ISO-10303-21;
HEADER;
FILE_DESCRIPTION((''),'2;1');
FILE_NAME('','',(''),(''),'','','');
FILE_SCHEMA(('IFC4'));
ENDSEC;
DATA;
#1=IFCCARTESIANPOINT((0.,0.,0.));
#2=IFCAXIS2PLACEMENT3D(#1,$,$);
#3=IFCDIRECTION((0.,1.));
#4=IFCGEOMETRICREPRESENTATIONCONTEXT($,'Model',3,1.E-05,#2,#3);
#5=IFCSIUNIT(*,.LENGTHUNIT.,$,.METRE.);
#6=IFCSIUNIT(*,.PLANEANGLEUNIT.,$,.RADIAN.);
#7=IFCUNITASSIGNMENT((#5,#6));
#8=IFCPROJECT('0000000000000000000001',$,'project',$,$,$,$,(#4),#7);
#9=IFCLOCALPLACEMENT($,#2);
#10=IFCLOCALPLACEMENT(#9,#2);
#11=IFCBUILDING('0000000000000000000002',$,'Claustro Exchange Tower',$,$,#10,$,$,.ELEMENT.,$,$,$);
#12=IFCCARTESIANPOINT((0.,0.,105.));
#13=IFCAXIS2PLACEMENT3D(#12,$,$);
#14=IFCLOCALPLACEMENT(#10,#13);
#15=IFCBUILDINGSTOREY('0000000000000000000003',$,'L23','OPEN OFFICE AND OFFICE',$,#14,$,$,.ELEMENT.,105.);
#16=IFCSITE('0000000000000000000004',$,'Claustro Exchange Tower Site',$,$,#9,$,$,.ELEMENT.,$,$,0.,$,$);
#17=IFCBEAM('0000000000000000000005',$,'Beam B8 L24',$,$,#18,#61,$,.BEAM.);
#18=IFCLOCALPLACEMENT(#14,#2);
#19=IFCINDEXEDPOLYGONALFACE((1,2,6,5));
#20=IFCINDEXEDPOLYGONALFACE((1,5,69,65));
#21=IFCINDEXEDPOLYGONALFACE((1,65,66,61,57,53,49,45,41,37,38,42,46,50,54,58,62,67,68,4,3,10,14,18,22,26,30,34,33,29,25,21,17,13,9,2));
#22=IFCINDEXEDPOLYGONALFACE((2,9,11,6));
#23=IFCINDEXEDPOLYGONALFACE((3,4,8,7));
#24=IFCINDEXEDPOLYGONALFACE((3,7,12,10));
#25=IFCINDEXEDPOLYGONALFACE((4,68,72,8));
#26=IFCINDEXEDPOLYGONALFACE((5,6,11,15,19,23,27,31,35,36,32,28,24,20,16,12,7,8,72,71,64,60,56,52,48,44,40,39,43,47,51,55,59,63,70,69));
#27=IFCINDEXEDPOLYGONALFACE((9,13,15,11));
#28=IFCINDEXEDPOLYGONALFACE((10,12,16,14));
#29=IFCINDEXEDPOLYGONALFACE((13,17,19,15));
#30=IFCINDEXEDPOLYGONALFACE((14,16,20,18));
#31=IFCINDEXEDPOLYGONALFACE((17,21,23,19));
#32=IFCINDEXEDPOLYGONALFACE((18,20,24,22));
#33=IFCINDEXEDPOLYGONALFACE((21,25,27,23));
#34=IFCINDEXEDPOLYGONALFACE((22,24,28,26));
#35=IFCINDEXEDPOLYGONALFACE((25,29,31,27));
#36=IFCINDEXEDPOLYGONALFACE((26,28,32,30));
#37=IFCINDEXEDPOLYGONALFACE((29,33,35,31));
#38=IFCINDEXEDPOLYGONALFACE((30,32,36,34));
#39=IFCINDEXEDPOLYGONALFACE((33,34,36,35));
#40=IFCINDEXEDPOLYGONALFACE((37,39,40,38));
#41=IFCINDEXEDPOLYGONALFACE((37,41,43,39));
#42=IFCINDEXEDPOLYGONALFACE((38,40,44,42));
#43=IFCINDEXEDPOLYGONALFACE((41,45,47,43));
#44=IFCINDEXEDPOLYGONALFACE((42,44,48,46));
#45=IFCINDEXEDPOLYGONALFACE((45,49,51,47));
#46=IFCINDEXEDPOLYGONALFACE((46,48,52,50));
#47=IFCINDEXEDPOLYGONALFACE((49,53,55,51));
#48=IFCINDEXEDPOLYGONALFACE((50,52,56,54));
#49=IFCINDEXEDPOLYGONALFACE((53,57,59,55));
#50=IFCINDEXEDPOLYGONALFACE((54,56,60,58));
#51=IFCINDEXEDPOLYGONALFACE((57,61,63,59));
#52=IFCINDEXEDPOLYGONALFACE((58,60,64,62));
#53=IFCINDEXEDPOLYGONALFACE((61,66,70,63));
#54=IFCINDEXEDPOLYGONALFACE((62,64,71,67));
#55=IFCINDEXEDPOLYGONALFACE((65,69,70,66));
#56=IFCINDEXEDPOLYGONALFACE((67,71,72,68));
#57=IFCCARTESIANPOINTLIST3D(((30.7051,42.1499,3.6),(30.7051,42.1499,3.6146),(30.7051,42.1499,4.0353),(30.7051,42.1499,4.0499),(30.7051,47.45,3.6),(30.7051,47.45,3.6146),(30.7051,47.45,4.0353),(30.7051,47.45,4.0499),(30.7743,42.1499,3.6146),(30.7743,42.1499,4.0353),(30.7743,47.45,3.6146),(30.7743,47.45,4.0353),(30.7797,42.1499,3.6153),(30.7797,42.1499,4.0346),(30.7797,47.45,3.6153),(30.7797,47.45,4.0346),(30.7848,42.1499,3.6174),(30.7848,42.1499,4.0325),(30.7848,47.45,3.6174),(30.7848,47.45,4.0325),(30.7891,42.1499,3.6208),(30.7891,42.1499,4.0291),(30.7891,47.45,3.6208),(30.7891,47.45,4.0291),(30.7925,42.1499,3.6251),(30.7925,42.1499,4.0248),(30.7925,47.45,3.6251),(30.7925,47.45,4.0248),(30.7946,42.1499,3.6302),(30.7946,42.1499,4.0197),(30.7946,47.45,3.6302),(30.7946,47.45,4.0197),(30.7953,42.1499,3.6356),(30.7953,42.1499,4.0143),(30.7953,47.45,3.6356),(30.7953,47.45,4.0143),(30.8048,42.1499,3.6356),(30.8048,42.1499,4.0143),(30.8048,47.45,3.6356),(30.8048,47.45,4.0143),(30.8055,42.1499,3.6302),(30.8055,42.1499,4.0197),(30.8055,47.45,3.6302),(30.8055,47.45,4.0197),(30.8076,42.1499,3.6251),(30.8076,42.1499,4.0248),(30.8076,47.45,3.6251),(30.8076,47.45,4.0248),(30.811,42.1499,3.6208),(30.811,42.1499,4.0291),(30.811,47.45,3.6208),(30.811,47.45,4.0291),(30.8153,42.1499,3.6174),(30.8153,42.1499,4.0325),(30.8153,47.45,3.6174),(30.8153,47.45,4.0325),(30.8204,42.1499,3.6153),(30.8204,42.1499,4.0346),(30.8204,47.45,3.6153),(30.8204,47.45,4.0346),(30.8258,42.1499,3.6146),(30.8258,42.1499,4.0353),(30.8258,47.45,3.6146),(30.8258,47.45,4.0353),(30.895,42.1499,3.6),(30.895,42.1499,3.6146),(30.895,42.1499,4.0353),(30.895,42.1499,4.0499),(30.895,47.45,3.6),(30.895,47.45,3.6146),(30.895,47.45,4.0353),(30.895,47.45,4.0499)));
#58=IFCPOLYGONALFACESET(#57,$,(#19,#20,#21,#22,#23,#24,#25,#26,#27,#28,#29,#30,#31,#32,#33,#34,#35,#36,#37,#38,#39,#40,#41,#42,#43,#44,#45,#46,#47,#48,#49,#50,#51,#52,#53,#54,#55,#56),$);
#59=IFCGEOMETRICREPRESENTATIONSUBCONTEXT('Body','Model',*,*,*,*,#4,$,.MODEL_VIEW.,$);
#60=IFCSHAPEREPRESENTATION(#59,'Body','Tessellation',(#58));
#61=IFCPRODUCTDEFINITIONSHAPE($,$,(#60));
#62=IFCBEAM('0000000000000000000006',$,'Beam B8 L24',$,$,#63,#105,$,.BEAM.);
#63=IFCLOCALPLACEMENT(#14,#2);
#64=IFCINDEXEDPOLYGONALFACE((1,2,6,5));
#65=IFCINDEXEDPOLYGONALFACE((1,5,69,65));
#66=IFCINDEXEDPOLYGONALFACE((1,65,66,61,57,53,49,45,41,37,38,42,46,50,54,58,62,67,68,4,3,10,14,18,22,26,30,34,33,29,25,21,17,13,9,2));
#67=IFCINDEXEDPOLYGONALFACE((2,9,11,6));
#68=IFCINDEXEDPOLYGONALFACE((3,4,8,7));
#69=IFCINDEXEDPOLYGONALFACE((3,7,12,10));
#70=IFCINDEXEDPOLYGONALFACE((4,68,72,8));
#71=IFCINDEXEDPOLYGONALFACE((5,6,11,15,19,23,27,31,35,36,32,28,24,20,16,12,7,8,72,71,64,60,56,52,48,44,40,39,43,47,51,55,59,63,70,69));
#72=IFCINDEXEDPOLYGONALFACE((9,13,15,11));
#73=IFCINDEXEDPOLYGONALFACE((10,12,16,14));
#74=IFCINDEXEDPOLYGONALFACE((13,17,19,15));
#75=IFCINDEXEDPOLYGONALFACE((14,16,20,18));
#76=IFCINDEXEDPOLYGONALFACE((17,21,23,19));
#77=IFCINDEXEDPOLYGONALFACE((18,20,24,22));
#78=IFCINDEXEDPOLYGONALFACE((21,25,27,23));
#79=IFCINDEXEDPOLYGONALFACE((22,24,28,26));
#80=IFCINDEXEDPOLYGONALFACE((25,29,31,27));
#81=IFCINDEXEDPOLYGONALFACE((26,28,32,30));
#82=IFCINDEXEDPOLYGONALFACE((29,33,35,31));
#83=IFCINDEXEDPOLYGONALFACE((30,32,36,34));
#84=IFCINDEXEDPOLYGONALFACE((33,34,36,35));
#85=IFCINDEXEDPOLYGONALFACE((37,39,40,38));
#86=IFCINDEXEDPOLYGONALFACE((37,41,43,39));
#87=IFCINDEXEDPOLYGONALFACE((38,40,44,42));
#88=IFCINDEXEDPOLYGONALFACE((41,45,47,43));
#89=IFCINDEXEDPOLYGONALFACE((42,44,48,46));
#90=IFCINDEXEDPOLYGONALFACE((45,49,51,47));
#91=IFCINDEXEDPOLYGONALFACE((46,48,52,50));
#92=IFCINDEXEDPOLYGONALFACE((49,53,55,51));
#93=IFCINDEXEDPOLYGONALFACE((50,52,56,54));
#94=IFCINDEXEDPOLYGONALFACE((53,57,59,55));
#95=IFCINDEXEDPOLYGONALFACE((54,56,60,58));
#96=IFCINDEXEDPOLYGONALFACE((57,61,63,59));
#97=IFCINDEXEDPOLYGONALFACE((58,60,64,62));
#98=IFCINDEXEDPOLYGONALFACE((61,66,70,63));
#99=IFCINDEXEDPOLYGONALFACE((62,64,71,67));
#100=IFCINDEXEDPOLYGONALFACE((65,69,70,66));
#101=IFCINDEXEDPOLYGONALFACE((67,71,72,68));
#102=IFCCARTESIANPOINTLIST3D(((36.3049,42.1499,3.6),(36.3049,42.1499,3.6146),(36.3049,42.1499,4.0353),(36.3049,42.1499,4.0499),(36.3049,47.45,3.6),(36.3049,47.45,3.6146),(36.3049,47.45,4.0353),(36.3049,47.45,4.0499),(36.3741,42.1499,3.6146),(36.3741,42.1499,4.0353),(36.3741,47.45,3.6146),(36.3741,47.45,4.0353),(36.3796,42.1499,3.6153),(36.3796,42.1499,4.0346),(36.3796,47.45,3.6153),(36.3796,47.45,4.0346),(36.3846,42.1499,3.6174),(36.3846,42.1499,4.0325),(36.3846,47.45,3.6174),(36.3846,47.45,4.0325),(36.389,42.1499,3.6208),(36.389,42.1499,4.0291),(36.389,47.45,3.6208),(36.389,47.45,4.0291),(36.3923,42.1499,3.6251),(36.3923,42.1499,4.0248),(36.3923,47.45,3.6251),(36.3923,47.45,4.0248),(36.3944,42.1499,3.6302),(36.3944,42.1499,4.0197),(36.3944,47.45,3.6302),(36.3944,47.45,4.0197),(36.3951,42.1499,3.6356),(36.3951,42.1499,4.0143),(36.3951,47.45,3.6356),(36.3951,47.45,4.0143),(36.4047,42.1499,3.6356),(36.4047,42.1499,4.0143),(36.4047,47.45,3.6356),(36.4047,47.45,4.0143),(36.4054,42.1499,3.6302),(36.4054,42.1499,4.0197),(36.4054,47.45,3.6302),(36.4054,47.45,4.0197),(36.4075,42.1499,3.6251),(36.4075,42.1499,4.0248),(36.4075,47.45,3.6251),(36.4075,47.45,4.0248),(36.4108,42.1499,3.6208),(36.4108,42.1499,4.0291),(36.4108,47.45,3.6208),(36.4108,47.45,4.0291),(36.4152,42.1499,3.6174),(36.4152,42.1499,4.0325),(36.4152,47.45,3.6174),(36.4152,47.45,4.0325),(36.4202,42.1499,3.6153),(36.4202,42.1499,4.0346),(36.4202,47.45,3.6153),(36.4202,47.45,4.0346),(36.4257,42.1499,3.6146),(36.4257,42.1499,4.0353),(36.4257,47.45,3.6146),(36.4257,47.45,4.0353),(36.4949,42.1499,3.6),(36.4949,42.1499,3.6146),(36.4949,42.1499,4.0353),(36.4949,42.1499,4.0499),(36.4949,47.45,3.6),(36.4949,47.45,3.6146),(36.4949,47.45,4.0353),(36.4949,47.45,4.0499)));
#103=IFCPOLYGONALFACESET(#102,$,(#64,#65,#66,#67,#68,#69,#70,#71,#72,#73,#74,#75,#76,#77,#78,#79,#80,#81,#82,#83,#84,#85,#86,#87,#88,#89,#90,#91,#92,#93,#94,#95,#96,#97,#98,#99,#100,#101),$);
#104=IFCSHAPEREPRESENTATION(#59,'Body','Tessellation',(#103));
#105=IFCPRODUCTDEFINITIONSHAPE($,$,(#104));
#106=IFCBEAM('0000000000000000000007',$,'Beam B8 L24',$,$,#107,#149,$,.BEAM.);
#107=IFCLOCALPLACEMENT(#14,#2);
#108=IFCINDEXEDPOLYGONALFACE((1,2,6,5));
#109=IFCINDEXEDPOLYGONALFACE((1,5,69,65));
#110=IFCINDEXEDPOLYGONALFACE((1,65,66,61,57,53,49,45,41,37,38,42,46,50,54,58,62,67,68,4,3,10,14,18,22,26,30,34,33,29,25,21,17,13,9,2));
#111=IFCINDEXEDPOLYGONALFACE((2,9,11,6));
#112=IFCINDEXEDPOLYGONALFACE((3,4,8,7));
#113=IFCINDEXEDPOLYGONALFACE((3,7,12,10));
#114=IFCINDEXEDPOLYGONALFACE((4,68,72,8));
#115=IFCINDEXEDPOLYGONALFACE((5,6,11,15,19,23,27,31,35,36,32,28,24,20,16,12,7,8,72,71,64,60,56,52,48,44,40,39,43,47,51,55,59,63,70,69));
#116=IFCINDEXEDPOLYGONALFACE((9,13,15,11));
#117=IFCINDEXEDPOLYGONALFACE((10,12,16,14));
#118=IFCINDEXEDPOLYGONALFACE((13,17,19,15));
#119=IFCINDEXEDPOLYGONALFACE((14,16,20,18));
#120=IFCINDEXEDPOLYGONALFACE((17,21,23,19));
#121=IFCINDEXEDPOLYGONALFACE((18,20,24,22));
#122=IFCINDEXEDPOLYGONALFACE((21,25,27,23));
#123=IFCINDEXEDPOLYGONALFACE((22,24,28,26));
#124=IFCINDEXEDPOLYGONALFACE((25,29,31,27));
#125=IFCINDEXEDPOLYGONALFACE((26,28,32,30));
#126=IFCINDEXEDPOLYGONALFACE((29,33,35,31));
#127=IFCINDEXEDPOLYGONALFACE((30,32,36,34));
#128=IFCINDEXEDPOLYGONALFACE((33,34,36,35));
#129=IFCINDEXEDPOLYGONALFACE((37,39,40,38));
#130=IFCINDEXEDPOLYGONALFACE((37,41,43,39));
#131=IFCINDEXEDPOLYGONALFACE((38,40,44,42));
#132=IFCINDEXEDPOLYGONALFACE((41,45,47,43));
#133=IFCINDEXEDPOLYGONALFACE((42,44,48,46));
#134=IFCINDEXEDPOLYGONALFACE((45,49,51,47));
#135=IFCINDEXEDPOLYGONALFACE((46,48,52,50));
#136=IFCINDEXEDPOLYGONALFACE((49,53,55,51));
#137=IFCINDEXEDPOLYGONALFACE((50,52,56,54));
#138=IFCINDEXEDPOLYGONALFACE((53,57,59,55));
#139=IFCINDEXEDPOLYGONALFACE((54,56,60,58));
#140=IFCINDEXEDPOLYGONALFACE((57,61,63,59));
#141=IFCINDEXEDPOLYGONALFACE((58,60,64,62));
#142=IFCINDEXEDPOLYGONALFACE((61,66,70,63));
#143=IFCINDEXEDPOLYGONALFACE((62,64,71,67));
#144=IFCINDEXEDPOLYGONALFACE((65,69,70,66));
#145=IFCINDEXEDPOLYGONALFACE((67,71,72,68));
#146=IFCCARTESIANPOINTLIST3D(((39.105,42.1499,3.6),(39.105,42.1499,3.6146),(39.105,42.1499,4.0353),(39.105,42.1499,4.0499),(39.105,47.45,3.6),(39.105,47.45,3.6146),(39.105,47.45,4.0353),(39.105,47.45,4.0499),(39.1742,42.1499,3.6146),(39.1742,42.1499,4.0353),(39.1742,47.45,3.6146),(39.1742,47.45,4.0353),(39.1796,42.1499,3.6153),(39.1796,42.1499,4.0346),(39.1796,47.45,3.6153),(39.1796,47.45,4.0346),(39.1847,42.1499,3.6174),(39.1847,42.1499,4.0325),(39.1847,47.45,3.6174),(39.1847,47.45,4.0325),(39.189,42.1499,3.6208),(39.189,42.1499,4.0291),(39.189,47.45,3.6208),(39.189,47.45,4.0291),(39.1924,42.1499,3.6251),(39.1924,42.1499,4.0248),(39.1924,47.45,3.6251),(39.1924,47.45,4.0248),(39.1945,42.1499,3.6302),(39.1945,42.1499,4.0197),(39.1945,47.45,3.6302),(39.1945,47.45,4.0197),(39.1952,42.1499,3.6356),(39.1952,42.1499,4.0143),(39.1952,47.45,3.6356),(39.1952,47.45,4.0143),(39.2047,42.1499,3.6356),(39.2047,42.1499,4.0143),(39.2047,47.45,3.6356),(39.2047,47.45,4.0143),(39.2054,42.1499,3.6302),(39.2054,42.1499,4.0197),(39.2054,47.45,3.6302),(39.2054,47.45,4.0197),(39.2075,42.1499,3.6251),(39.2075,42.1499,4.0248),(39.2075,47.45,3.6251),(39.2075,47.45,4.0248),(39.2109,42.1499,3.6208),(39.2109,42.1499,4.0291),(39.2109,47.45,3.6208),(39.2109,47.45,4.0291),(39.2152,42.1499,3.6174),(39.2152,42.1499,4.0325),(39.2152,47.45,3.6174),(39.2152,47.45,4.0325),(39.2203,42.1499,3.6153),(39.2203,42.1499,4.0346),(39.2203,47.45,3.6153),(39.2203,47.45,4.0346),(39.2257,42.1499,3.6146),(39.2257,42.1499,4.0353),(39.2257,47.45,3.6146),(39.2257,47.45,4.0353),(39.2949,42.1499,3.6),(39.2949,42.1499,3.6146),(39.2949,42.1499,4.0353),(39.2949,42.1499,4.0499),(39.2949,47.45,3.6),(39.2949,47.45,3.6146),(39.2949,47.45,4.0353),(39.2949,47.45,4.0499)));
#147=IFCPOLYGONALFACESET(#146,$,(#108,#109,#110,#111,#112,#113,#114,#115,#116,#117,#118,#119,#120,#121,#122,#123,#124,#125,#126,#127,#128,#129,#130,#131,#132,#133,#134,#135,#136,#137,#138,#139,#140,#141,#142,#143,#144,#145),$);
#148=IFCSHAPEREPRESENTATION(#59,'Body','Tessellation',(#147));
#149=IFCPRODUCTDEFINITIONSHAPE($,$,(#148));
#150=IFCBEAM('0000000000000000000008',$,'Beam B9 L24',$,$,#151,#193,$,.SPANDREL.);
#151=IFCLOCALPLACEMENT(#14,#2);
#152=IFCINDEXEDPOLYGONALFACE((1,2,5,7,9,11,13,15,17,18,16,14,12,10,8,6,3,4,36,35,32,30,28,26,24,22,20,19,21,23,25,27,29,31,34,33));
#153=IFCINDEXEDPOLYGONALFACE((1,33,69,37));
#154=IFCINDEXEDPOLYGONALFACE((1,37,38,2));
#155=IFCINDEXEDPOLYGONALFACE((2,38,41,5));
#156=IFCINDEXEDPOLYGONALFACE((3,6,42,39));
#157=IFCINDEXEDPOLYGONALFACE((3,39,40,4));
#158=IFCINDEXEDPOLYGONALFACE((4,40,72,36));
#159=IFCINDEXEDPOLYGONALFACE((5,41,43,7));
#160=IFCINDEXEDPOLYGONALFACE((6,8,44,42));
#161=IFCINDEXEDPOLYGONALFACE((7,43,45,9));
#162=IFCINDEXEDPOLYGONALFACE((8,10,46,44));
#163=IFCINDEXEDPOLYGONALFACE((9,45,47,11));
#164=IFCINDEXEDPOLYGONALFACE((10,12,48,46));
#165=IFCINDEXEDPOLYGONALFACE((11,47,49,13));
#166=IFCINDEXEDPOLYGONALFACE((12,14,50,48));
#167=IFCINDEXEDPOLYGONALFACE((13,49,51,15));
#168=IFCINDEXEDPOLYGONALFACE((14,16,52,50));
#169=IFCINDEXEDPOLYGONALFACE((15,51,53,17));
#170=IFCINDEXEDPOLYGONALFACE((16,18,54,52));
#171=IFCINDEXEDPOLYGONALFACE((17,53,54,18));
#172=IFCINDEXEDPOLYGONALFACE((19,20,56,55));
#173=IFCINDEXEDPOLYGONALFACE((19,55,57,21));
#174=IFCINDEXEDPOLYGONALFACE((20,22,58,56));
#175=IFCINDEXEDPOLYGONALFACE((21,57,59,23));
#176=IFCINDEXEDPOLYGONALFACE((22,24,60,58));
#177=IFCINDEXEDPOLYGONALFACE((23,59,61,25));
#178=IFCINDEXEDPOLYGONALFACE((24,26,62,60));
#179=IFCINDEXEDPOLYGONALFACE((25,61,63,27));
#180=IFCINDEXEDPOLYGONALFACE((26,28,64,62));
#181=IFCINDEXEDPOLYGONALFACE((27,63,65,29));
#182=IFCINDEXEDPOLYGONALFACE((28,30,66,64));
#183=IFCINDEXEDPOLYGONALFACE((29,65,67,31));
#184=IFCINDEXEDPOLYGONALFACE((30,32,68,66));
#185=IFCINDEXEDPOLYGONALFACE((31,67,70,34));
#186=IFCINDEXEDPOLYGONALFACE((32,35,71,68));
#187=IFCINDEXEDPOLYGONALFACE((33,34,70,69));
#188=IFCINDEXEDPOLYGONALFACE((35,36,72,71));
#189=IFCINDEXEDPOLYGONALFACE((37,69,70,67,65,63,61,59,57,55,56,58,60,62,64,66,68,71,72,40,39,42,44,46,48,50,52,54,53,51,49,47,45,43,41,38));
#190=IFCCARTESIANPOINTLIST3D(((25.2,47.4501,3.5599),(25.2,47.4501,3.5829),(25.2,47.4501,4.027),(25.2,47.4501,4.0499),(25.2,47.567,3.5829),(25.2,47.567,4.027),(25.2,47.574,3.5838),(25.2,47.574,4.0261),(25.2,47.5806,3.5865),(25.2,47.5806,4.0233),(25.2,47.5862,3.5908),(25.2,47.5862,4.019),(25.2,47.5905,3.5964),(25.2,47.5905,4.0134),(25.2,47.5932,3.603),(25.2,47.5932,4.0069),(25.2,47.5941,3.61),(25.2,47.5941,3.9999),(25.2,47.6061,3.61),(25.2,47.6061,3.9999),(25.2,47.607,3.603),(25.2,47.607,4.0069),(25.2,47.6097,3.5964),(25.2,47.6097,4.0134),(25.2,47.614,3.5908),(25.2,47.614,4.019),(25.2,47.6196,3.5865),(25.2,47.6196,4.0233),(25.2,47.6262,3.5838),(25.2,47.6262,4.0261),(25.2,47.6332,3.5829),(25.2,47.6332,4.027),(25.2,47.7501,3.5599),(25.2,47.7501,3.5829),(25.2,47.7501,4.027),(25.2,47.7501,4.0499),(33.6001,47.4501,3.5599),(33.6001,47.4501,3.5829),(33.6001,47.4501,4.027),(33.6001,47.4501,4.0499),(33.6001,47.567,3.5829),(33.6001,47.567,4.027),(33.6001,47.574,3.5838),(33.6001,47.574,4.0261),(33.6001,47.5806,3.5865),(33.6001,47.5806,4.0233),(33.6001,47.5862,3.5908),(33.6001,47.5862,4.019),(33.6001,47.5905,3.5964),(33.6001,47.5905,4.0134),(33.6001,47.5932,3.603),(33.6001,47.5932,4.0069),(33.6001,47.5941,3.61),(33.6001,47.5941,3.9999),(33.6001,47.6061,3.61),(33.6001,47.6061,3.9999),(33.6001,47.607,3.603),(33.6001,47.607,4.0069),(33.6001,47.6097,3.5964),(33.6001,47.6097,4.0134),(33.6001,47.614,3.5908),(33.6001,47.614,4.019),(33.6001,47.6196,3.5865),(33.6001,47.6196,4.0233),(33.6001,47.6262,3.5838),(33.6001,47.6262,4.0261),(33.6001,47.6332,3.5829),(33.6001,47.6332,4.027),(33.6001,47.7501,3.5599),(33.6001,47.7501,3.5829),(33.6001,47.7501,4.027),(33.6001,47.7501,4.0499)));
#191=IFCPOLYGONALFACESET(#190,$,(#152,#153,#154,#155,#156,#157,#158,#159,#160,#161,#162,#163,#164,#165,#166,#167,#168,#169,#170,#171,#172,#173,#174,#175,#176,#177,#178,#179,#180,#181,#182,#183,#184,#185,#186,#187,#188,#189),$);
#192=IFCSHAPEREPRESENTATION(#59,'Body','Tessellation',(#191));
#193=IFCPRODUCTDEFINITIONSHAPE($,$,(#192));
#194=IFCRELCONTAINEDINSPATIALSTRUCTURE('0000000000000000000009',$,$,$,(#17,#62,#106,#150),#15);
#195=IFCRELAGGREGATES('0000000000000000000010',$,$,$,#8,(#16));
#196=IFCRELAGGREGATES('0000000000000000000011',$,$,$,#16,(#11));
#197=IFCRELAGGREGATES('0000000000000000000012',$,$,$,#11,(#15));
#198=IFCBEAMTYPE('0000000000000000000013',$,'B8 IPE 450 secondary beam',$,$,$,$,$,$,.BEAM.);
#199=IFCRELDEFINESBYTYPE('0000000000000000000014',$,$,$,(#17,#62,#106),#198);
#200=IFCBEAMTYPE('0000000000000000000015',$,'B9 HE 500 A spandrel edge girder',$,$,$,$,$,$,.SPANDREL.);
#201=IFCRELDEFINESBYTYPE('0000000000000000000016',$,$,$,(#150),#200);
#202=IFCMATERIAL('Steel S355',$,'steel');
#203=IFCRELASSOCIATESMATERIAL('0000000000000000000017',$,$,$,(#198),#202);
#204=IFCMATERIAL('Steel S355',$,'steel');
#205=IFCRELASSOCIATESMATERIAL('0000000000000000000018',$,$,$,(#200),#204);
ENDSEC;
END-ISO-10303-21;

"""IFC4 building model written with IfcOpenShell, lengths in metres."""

from ifc_helpers import new_model, si_unit, direction, frame, origin, origin_2d, place, context, subcontext, project, spatial, i_section, extrude, material, material_profile, profile_set, type_object, element, save


model = new_model("IFC4")

# Units and contexts
model_context = context("Model", 3, precision=1e-05, world=origin(), true_north=direction((0.0, 1.0)))
body_context = subcontext(model_context, "Body", "Model", "MODEL_VIEW")
ifc_project = project(units=[si_unit("LENGTHUNIT", "METRE"), si_unit("PLANEANGLEUNIT", "RADIAN")], contexts=[model_context])

# Site, building, storey
site_placement = place(None, origin())
site = spatial("IfcSite", under=ifc_project, at=site_placement, Name="Claustro Exchange Tower Site", CompositionType="ELEMENT", RefElevation=0.0)
building_placement = place(site_placement, origin())
building = spatial("IfcBuilding", under=site, at=building_placement, Name="Claustro Exchange Tower", CompositionType="ELEMENT")
storey_placement = place(building_placement, frame((0.0, 0.0, 105.0)))
storey = spatial("IfcBuildingStorey", under=building, at=storey_placement, Name="L23", Description="OPEN OFFICE AND OFFICE", CompositionType="ELEMENT", Elevation=105.0)

# Beams
ifc_material_1 = material(Name="Steel S355", Category="steel")
ifc_material_profile_1 = material_profile(ifc_material_1, i_section(OverallWidth=0.1899, OverallDepth=0.45, WebThickness=0.0095, FlangeThickness=0.0146, FilletRadius=0.021, at=origin_2d()), Name="IPE 450")
ifc_profile_set_1 = profile_set([ifc_material_profile_1], Name="Steel S355")
beam_type_1 = type_object("IfcBeamType", Name="B8 IPE 450 secondary beam", PredefinedType="BEAM", material=ifc_profile_set_1)
for number, where, z_axis, x_axis, name in (
    (1, (30.8, 42.1499, 3.825), (0.0, 1.0, 0.0), (-1.0, 0.0, 0.0), "Beam B8 L24"),
    (2, (36.3999, 42.1499, 3.825), (0.0, 1.0, 0.0), (-1.0, 0.0, 0.0), "Beam B8 L24"),
    (3, (39.2, 42.1499, 3.825), (0.0, 1.0, 0.0), (-1.0, 0.0, 0.0), "Beam B8 L24"),
):
    element("IfcBeam", number, at=place(storey_placement, frame(where, z_axis=z_axis, x_axis=x_axis)), inside=storey, type_object=beam_type_1, Name=name, PredefinedType="BEAM", context=body_context, shape_type="SweptSolid", body=[
        extrude(i_section(OverallWidth=0.1899, OverallDepth=0.45, WebThickness=0.0095, FlangeThickness=0.0146, FilletRadius=0.021, at=origin_2d()), origin(), (0.0, 0.0, 1.0), 5.3),
    ])
ifc_material_2 = material(Name="Steel S355", Category="steel")
ifc_material_profile_2 = material_profile(ifc_material_2, i_section(OverallWidth=0.3, OverallDepth=0.49, WebThickness=0.012, FlangeThickness=0.0229, FilletRadius=0.0271, at=origin_2d()), Name="HE 500 A")
ifc_profile_set_2 = profile_set([ifc_material_profile_2], Name="Steel S355")
beam_type_2 = type_object("IfcBeamType", Name="B9 HE 500 A spandrel edge girder", PredefinedType="SPANDREL", material=ifc_profile_set_2)
beam_1_placement = place(storey_placement, frame((25.2, 47.6001, 3.8049), z_axis=(1.0, 0.0, 0.0), x_axis=(0.0, 1.0, 0.0)))
element("IfcBeam", 4, at=beam_1_placement, inside=storey, type_object=beam_type_2, Name="Beam B9 L24", PredefinedType="SPANDREL", context=body_context, shape_type="SweptSolid", body=[
    extrude(i_section(OverallWidth=0.3, OverallDepth=0.49, WebThickness=0.012, FlangeThickness=0.0229, FilletRadius=0.0271, at=origin_2d()), origin(), (0.0, 0.0, 1.0), 8.4001),
])

save(model, "model.ifc")
